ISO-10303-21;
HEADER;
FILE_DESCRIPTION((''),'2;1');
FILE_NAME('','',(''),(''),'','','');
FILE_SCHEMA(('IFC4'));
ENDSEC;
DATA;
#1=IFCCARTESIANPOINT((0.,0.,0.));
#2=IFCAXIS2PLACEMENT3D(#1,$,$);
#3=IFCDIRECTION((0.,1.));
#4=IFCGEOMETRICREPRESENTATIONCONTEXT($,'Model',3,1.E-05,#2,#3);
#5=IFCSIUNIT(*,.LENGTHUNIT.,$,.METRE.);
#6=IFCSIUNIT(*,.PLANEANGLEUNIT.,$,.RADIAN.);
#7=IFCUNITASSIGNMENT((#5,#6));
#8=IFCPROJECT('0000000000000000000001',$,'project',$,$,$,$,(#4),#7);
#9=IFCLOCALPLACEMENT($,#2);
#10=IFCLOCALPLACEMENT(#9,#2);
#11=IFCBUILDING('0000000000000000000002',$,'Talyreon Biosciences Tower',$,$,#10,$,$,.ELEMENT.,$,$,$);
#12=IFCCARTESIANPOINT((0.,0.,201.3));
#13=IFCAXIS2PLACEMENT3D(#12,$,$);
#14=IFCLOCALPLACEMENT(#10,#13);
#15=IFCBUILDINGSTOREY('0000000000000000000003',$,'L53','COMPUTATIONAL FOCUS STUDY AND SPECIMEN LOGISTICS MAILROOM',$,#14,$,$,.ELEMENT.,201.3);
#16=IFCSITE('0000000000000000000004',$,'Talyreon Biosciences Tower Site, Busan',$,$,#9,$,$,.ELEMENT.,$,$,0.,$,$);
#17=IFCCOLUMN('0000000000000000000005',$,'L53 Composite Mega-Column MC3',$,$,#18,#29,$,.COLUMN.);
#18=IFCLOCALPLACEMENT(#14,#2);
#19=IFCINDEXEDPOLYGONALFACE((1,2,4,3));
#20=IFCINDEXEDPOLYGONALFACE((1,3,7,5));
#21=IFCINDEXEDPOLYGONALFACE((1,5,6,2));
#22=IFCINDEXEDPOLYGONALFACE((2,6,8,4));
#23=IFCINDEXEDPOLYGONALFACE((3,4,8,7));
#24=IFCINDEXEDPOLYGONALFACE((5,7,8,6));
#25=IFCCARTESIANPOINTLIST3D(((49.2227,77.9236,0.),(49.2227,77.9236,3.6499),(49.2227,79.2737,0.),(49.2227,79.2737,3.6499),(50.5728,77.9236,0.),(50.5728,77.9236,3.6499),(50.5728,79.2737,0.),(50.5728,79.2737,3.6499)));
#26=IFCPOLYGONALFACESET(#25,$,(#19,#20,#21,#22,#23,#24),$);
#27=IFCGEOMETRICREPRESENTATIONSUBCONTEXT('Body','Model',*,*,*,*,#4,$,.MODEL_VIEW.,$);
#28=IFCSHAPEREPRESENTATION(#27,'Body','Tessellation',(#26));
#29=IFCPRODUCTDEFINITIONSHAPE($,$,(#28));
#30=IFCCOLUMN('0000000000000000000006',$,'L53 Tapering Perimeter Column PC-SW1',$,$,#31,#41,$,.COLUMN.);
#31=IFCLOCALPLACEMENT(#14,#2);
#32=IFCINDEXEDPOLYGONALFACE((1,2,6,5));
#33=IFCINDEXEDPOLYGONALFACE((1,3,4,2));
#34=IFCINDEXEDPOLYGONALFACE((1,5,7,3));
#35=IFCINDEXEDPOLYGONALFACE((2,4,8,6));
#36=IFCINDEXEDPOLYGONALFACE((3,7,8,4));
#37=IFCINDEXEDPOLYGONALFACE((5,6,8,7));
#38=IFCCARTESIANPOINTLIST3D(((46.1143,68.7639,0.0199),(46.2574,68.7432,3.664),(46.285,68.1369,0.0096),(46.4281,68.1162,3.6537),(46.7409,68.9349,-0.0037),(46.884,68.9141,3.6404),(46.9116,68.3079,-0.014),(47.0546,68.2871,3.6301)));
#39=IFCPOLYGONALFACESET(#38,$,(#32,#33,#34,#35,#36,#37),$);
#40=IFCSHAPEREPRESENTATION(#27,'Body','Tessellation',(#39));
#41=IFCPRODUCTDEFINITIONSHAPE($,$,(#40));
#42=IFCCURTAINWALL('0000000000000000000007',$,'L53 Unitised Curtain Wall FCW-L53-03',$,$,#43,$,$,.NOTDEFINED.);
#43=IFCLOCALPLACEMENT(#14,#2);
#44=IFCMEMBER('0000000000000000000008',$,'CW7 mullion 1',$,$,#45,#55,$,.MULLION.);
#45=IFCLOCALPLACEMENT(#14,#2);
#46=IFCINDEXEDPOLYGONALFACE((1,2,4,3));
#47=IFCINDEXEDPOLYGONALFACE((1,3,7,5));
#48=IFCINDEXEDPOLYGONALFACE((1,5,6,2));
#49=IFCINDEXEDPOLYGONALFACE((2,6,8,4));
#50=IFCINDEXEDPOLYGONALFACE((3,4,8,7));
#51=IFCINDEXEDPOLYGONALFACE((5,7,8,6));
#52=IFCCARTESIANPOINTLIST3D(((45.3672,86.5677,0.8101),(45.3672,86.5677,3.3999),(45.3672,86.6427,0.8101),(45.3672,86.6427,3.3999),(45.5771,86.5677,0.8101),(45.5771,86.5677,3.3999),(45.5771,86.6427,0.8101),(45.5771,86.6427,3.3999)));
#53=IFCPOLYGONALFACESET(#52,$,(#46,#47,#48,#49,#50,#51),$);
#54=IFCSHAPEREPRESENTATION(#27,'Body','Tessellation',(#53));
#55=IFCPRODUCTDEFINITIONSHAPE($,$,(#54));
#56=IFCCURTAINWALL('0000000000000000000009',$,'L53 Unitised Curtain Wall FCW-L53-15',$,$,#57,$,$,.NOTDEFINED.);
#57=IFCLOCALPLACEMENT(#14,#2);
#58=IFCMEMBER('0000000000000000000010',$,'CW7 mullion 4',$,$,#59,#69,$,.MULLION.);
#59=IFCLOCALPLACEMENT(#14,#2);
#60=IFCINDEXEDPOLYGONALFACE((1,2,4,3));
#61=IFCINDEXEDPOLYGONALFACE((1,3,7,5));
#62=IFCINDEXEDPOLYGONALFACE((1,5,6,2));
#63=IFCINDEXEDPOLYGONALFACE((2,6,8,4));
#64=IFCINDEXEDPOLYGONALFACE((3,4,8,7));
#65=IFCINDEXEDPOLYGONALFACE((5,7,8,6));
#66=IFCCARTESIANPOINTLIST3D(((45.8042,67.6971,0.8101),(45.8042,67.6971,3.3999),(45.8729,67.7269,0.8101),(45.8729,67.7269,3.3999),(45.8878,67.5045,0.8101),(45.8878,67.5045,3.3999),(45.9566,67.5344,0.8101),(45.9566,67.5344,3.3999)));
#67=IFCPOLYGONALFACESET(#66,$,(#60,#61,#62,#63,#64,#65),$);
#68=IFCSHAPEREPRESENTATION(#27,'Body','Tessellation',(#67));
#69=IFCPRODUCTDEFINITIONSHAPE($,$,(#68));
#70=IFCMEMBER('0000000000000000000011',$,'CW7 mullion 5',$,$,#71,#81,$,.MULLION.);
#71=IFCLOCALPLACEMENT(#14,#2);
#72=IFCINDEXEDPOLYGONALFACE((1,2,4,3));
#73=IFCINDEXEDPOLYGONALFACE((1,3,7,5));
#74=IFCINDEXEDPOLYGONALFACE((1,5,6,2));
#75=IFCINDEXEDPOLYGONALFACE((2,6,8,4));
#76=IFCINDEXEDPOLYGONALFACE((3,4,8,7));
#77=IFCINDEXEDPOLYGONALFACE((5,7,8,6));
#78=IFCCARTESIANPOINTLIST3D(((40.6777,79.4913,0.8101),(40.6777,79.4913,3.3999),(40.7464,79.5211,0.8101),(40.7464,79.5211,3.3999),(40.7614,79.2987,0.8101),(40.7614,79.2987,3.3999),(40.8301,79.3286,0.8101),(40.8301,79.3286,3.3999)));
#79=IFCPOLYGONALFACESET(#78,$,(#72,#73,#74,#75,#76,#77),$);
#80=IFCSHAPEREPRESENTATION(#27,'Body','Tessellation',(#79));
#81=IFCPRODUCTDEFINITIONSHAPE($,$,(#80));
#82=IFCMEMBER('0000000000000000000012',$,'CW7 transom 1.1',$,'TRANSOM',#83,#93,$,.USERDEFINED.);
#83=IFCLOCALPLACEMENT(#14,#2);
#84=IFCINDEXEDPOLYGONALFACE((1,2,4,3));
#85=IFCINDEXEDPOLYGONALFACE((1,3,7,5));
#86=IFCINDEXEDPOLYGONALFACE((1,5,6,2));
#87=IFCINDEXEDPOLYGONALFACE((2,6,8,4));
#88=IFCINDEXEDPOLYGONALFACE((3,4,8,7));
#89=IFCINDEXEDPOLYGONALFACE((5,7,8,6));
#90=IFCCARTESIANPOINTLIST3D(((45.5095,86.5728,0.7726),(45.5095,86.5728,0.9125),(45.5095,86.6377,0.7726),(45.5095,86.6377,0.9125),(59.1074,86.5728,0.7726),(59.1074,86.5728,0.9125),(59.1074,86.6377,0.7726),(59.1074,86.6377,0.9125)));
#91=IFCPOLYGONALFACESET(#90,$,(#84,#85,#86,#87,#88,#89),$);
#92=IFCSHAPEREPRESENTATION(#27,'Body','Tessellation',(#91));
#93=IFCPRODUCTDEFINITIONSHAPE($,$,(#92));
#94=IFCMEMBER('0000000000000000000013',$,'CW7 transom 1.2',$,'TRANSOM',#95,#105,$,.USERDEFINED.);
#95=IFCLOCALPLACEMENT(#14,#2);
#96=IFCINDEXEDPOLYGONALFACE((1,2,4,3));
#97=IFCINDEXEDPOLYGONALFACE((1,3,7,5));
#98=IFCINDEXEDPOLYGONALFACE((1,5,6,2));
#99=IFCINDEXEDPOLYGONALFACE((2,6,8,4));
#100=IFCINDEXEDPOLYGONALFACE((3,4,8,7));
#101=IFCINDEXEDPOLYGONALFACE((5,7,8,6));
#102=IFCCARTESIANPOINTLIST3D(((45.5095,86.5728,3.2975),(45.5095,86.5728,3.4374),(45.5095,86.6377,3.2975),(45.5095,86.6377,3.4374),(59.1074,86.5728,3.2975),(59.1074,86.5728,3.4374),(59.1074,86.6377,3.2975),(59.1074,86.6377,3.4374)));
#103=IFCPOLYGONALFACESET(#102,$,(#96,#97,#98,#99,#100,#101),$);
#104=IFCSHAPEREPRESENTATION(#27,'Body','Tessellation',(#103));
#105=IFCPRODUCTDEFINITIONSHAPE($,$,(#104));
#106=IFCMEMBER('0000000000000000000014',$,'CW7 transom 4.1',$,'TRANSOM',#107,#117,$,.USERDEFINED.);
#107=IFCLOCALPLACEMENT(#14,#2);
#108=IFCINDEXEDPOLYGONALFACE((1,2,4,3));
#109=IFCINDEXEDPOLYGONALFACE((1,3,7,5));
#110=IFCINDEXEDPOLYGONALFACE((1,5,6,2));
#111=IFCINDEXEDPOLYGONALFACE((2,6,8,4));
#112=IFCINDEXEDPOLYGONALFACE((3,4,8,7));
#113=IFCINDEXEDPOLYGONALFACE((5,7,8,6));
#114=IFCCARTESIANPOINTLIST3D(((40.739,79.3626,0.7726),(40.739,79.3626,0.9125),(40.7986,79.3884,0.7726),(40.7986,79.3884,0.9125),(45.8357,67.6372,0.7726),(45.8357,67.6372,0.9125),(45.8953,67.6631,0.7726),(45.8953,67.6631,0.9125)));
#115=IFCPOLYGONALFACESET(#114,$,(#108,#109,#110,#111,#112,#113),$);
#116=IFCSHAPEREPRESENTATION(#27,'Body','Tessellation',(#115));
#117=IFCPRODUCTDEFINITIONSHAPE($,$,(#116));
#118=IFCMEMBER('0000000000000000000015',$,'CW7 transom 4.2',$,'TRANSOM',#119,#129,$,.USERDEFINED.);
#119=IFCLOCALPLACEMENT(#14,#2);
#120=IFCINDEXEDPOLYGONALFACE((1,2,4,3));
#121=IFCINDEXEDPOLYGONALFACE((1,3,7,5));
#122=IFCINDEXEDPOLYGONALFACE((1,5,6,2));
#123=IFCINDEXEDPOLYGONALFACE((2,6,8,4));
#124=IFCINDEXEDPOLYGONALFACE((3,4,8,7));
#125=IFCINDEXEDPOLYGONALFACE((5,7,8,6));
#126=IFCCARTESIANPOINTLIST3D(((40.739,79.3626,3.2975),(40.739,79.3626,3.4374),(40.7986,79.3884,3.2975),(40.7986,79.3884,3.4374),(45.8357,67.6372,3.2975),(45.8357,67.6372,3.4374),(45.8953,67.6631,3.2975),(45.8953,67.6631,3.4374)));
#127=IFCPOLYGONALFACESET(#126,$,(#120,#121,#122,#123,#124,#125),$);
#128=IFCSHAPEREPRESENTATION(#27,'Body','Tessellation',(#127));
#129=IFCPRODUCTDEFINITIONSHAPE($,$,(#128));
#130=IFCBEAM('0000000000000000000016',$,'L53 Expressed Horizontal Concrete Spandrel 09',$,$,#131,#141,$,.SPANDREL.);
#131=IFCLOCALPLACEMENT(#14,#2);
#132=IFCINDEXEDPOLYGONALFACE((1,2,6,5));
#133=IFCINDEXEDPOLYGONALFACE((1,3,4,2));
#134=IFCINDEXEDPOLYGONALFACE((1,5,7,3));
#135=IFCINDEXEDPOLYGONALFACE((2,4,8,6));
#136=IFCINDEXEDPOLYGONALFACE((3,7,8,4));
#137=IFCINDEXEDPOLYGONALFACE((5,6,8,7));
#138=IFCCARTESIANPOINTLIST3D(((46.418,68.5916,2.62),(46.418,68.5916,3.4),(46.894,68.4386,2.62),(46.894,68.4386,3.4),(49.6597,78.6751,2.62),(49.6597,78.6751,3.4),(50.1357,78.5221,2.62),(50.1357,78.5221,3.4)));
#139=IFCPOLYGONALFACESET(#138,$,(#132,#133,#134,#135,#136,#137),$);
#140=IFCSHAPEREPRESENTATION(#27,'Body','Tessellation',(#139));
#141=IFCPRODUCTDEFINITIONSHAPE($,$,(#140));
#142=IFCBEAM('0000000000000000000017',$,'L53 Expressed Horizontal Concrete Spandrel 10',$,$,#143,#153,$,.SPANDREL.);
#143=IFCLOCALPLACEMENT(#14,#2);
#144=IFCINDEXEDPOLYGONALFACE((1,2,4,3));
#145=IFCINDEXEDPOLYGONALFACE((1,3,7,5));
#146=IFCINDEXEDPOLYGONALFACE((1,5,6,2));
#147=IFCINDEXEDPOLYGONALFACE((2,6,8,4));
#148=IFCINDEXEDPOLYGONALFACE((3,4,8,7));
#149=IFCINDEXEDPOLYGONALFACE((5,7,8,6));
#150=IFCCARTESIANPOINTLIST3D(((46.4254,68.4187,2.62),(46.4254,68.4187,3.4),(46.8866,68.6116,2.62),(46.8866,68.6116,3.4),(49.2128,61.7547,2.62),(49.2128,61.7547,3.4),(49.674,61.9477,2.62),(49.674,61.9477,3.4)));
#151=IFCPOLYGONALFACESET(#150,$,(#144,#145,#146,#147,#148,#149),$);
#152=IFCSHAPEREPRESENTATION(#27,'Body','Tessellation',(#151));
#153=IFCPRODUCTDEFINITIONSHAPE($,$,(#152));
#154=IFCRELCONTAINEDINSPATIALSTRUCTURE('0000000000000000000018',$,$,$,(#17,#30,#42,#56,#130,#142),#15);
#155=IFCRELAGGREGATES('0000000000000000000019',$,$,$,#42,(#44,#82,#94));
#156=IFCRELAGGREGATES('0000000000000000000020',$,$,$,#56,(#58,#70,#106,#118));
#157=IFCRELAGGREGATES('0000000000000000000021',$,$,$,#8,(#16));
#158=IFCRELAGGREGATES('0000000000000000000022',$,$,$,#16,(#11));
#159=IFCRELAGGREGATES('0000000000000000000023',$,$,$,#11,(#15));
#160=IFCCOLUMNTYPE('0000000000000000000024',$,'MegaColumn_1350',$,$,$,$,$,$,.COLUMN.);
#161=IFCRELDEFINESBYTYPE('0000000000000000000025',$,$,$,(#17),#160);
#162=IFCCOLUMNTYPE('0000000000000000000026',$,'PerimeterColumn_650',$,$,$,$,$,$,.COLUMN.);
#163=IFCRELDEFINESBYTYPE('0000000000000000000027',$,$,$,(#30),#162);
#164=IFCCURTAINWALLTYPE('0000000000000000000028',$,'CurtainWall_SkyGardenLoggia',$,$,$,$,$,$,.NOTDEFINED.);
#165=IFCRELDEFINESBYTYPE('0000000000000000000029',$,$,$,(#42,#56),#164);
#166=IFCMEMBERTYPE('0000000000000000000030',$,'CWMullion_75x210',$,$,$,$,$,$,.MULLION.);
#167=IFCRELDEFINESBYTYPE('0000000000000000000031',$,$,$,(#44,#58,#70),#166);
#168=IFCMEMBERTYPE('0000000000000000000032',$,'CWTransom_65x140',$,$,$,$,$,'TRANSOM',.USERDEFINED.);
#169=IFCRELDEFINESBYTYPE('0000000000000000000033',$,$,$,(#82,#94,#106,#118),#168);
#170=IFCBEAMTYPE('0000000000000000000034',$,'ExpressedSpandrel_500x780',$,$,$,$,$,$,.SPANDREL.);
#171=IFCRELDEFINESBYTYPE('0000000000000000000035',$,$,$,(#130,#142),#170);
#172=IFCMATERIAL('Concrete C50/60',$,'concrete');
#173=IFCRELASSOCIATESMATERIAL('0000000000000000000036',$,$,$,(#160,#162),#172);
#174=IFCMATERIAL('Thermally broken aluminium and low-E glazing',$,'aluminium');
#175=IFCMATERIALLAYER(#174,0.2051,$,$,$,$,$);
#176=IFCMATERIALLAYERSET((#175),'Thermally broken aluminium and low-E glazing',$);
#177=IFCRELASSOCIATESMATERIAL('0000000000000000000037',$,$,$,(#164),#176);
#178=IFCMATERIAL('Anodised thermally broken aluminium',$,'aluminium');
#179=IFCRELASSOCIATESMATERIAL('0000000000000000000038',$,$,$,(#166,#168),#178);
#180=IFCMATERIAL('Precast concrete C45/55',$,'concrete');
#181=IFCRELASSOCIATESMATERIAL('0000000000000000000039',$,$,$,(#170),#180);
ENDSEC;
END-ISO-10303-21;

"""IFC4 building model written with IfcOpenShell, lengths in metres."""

from ifc_helpers import new_model, si_unit, direction, frame, origin, origin_2d, place, context, subcontext, project, spatial, rectangle, extrude, material, layer, layer_set, material_profile, profile_set, type_object, element, aggregate, save


model = new_model("IFC4")

# Units and contexts
model_context = context("Model", 3, precision=1e-05, world=origin(), true_north=direction((0.0, 1.0)))
body_context = subcontext(model_context, "Body", "Model", "MODEL_VIEW")
ifc_project = project(units=[si_unit("LENGTHUNIT", "METRE"), si_unit("PLANEANGLEUNIT", "RADIAN")], contexts=[model_context])

# Site, building, storey
site_placement = place(None, origin())
site = spatial("IfcSite", under=ifc_project, at=site_placement, Name="Talyreon Biosciences Tower Site, Busan", CompositionType="ELEMENT", RefElevation=0.0)
building_placement = place(site_placement, origin())
building = spatial("IfcBuilding", under=site, at=building_placement, Name="Talyreon Biosciences Tower", CompositionType="ELEMENT")
storey_placement = place(building_placement, frame((0.0, 0.0, 201.3)))
storey = spatial("IfcBuildingStorey", under=building, at=storey_placement, Name="L53", Description="COMPUTATIONAL FOCUS STUDY AND SPECIMEN LOGISTICS MAILROOM", CompositionType="ELEMENT", Elevation=201.3)

# Columns
ifc_material_1 = material(Name="Concrete C50/60", Category="concrete")
ifc_material_profile_1 = material_profile(ifc_material_1, rectangle(XDim=1.3501, YDim=1.3501, at=origin_2d()), Name="RC 1350x1350")
ifc_profile_set_1 = profile_set([ifc_material_profile_1], Name="Concrete C50/60")
column_type_1 = type_object("IfcColumnType", Name="MegaColumn_1350", PredefinedType="COLUMN", material=ifc_profile_set_1)
column_1_placement = place(storey_placement, frame((49.8977, 78.5986, 0.0), z_axis=(0.0, 0.0, 1.0), x_axis=(1.0, 0.0, 0.0)))
element("IfcColumn", 1, at=column_1_placement, inside=storey, type_object=column_type_1, Name="L53 Composite Mega-Column MC3", PredefinedType="COLUMN", context=body_context, shape_type="SweptSolid", body=[
    extrude(rectangle(XDim=1.3501, YDim=1.3501, at=origin_2d()), origin(), (0.0, 0.0, 1.0), 3.6499),
])
ifc_material_profile_2 = material_profile(ifc_material_1, rectangle(XDim=0.6499, YDim=0.6499, at=origin_2d()), Name="RC 650x650")
ifc_profile_set_2 = profile_set([ifc_material_profile_2], Name="Concrete C50/60")
column_type_2 = type_object("IfcColumnType", Name="PerimeterColumn_650", PredefinedType="COLUMN", material=ifc_profile_set_2)
column_2_placement = place(storey_placement, frame((46.5129, 68.5359, 0.0029), z_axis=(0.039229, -0.00569, 0.999214), x_axis=(0.964103, 0.263029, -0.036353)))
element("IfcColumn", 2, at=column_2_placement, inside=storey, type_object=column_type_2, Name="L53 Tapering Perimeter Column PC-SW1", PredefinedType="COLUMN", context=body_context, shape_type="SweptSolid", body=[
    extrude(rectangle(XDim=0.6499, YDim=0.6499, at=origin_2d()), origin(), (0.0, 0.0, 1.0), 3.647),
])

# Curtain wall, member
ifc_material_2 = material(Name="Thermally broken aluminium and low-E glazing", Category="aluminium")
ifc_layer_1 = layer(ifc_material_2, 0.2051)
ifc_layer_set_1 = layer_set([ifc_layer_1], Name="Thermally broken aluminium and low-E glazing")
curtain_wall_type = type_object("IfcCurtainWallType", Name="CurtainWall_SkyGardenLoggia", PredefinedType="NOTDEFINED", material=ifc_layer_set_1)
curtain_wall_1_placement = place(storey_placement, origin())
curtain_wall_1 = element("IfcCurtainWall", 3, at=curtain_wall_1_placement, inside=storey, type_object=curtain_wall_type, Name="L53 Unitised Curtain Wall FCW-L53-03", PredefinedType="NOTDEFINED")
ifc_material_3 = material(Name="Anodised thermally broken aluminium", Category="aluminium")
ifc_material_profile_3 = material_profile(ifc_material_3, rectangle(XDim=0.075, YDim=0.21, at=origin_2d()), Name="ALUM MULLION 75x210")
ifc_profile_set_3 = profile_set([ifc_material_profile_3], Name="Anodised thermally broken aluminium")
member_type_1 = type_object("IfcMemberType", Name="CWMullion_75x210", PredefinedType="MULLION", material=ifc_profile_set_3)
member_1_placement = place(storey_placement, frame((45.4722, 86.6052, 0.8101), z_axis=(0.0, 0.0, 1.0), x_axis=(0.0, 1.0, 0.0)))
member_1 = element("IfcMember", 4, at=member_1_placement, type_object=member_type_1, Name="CW7 mullion 1", PredefinedType="MULLION", context=body_context, shape_type="SweptSolid", body=[
    extrude(rectangle(XDim=0.075, YDim=0.21, at=origin_2d()), origin(), (0.0, 0.0, 1.0), 2.5898),
])

# Curtain wall, members
curtain_wall_2_placement = place(storey_placement, origin())
curtain_wall_2 = element("IfcCurtainWall", 5, at=curtain_wall_2_placement, inside=storey, type_object=curtain_wall_type, Name="L53 Unitised Curtain Wall FCW-L53-15", PredefinedType="NOTDEFINED")
member_2_placement = place(storey_placement, frame((45.8804, 67.6157, 0.8101), z_axis=(0.0, 0.0, 1.0), x_axis=(-0.917113, -0.398626, 0.0)))
member_2 = element("IfcMember", 6, at=member_2_placement, type_object=member_type_1, Name="CW7 mullion 4", PredefinedType="MULLION", context=body_context, shape_type="SweptSolid", body=[
    extrude(rectangle(XDim=0.075, YDim=0.21, at=origin_2d()), origin(), (0.0, 0.0, 1.0), 2.5898),
])
member_3_placement = place(storey_placement, frame((40.7539, 79.4099, 0.8101), z_axis=(0.0, 0.0, 1.0), x_axis=(-0.917113, -0.398626, 0.0)))
member_3 = element("IfcMember", 7, at=member_3_placement, type_object=member_type_1, Name="CW7 mullion 5", PredefinedType="MULLION", context=body_context, shape_type="SweptSolid", body=[
    extrude(rectangle(XDim=0.075, YDim=0.21, at=origin_2d()), origin(), (0.0, 0.0, 1.0), 2.5898),
])

# Members
ifc_material_profile_4 = material_profile(ifc_material_3, rectangle(XDim=0.0649, YDim=0.1399, at=origin_2d()), Name="ALUM TRANSOM 65x140")
ifc_profile_set_4 = profile_set([ifc_material_profile_4], Name="Anodised thermally broken aluminium")
member_type_2 = type_object("IfcMemberType", Name="CWTransom_65x140", ElementType="TRANSOM", PredefinedType="USERDEFINED", material=ifc_profile_set_4)
member_4_placement = place(storey_placement, frame((45.5095, 86.6052, 0.8425), z_axis=(1.0, 0.0, 0.0), x_axis=(0.0, 1.0, 0.0)))
member_4 = element("IfcMember", 8, at=member_4_placement, type_object=member_type_2, Name="CW7 transom 1.1", ObjectType="TRANSOM", PredefinedType="USERDEFINED", context=body_context, shape_type="SweptSolid", body=[
    extrude(rectangle(XDim=0.0649, YDim=0.1399, at=origin_2d()), origin(), (0.0, 0.0, 1.0), 13.5979),
])
member_5_placement = place(storey_placement, frame((45.5095, 86.6052, 3.3674), z_axis=(1.0, 0.0, 0.0), x_axis=(0.0, 1.0, 0.0)))
member_5 = element("IfcMember", 9, at=member_5_placement, type_object=member_type_2, Name="CW7 transom 1.2", ObjectType="TRANSOM", PredefinedType="USERDEFINED", context=body_context, shape_type="SweptSolid", body=[
    extrude(rectangle(XDim=0.0649, YDim=0.1399, at=origin_2d()), origin(), (0.0, 0.0, 1.0), 13.5979),
])
member_6_placement = place(storey_placement, frame((45.8655, 67.6501, 0.8425), z_axis=(-0.398641, 0.917107, 0.0), x_axis=(-0.917107, -0.398641, 0.0)))
member_6 = element("IfcMember", 10, at=member_6_placement, type_object=member_type_2, Name="CW7 transom 4.1", ObjectType="TRANSOM", PredefinedType="USERDEFINED", context=body_context, shape_type="SweptSolid", body=[
    extrude(rectangle(XDim=0.0649, YDim=0.1399, at=origin_2d()), origin(), (0.0, 0.0, 1.0), 12.7852),
])
member_7_placement = place(storey_placement, frame((45.8655, 67.6501, 3.3674), z_axis=(-0.398641, 0.917107, 0.0), x_axis=(-0.917107, -0.398641, 0.0)))
member_7 = element("IfcMember", 11, at=member_7_placement, type_object=member_type_2, Name="CW7 transom 4.2", ObjectType="TRANSOM", PredefinedType="USERDEFINED", context=body_context, shape_type="SweptSolid", body=[
    extrude(rectangle(XDim=0.0649, YDim=0.1399, at=origin_2d()), origin(), (0.0, 0.0, 1.0), 12.7852),
])

# Beams
ifc_material_4 = material(Name="Precast concrete C45/55", Category="concrete")
ifc_material_profile_5 = material_profile(ifc_material_4, rectangle(XDim=0.5, YDim=0.78, at=origin_2d()), Name="RCB 500x780")
ifc_profile_set_5 = profile_set([ifc_material_profile_5], Name="Precast concrete C45/55")
beam_type_1 = type_object("IfcBeamType", Name="ExpressedSpandrel_500x780", PredefinedType="SPANDREL", material=ifc_profile_set_5)
beam_1_placement = place(storey_placement, frame((49.8977, 78.5986, 3.01), z_axis=(-0.306058, -0.952013, 0.0), x_axis=(0.952013, -0.306058, 0.0)))
element("IfcBeam", 12, at=beam_1_placement, inside=storey, type_object=beam_type_1, Name="L53 Expressed Horizontal Concrete Spandrel 09", PredefinedType="SPANDREL", context=body_context, shape_type="SweptSolid", body=[
    extrude(rectangle(XDim=0.5, YDim=0.78, at=origin_2d()), origin(), (0.0, 0.0, 1.0), 10.5918),
])
beam_2_placement = place(storey_placement, frame((46.656, 68.5151, 3.01), z_axis=(0.385885, -0.922547, 0.0), x_axis=(0.922547, 0.385885, 0.0)))
element("IfcBeam", 13, at=beam_2_placement, inside=storey, type_object=beam_type_1, Name="L53 Expressed Horizontal Concrete Spandrel 10", PredefinedType="SPANDREL", context=body_context, shape_type="SweptSolid", body=[
    extrude(rectangle(XDim=0.5, YDim=0.78, at=origin_2d()), origin(), (0.0, 0.0, 1.0), 7.2234),
])

aggregate(curtain_wall_1, [member_1, member_4, member_5])
aggregate(curtain_wall_2, [member_2, member_3, member_6, member_7])

save(model, "model.ifc")
